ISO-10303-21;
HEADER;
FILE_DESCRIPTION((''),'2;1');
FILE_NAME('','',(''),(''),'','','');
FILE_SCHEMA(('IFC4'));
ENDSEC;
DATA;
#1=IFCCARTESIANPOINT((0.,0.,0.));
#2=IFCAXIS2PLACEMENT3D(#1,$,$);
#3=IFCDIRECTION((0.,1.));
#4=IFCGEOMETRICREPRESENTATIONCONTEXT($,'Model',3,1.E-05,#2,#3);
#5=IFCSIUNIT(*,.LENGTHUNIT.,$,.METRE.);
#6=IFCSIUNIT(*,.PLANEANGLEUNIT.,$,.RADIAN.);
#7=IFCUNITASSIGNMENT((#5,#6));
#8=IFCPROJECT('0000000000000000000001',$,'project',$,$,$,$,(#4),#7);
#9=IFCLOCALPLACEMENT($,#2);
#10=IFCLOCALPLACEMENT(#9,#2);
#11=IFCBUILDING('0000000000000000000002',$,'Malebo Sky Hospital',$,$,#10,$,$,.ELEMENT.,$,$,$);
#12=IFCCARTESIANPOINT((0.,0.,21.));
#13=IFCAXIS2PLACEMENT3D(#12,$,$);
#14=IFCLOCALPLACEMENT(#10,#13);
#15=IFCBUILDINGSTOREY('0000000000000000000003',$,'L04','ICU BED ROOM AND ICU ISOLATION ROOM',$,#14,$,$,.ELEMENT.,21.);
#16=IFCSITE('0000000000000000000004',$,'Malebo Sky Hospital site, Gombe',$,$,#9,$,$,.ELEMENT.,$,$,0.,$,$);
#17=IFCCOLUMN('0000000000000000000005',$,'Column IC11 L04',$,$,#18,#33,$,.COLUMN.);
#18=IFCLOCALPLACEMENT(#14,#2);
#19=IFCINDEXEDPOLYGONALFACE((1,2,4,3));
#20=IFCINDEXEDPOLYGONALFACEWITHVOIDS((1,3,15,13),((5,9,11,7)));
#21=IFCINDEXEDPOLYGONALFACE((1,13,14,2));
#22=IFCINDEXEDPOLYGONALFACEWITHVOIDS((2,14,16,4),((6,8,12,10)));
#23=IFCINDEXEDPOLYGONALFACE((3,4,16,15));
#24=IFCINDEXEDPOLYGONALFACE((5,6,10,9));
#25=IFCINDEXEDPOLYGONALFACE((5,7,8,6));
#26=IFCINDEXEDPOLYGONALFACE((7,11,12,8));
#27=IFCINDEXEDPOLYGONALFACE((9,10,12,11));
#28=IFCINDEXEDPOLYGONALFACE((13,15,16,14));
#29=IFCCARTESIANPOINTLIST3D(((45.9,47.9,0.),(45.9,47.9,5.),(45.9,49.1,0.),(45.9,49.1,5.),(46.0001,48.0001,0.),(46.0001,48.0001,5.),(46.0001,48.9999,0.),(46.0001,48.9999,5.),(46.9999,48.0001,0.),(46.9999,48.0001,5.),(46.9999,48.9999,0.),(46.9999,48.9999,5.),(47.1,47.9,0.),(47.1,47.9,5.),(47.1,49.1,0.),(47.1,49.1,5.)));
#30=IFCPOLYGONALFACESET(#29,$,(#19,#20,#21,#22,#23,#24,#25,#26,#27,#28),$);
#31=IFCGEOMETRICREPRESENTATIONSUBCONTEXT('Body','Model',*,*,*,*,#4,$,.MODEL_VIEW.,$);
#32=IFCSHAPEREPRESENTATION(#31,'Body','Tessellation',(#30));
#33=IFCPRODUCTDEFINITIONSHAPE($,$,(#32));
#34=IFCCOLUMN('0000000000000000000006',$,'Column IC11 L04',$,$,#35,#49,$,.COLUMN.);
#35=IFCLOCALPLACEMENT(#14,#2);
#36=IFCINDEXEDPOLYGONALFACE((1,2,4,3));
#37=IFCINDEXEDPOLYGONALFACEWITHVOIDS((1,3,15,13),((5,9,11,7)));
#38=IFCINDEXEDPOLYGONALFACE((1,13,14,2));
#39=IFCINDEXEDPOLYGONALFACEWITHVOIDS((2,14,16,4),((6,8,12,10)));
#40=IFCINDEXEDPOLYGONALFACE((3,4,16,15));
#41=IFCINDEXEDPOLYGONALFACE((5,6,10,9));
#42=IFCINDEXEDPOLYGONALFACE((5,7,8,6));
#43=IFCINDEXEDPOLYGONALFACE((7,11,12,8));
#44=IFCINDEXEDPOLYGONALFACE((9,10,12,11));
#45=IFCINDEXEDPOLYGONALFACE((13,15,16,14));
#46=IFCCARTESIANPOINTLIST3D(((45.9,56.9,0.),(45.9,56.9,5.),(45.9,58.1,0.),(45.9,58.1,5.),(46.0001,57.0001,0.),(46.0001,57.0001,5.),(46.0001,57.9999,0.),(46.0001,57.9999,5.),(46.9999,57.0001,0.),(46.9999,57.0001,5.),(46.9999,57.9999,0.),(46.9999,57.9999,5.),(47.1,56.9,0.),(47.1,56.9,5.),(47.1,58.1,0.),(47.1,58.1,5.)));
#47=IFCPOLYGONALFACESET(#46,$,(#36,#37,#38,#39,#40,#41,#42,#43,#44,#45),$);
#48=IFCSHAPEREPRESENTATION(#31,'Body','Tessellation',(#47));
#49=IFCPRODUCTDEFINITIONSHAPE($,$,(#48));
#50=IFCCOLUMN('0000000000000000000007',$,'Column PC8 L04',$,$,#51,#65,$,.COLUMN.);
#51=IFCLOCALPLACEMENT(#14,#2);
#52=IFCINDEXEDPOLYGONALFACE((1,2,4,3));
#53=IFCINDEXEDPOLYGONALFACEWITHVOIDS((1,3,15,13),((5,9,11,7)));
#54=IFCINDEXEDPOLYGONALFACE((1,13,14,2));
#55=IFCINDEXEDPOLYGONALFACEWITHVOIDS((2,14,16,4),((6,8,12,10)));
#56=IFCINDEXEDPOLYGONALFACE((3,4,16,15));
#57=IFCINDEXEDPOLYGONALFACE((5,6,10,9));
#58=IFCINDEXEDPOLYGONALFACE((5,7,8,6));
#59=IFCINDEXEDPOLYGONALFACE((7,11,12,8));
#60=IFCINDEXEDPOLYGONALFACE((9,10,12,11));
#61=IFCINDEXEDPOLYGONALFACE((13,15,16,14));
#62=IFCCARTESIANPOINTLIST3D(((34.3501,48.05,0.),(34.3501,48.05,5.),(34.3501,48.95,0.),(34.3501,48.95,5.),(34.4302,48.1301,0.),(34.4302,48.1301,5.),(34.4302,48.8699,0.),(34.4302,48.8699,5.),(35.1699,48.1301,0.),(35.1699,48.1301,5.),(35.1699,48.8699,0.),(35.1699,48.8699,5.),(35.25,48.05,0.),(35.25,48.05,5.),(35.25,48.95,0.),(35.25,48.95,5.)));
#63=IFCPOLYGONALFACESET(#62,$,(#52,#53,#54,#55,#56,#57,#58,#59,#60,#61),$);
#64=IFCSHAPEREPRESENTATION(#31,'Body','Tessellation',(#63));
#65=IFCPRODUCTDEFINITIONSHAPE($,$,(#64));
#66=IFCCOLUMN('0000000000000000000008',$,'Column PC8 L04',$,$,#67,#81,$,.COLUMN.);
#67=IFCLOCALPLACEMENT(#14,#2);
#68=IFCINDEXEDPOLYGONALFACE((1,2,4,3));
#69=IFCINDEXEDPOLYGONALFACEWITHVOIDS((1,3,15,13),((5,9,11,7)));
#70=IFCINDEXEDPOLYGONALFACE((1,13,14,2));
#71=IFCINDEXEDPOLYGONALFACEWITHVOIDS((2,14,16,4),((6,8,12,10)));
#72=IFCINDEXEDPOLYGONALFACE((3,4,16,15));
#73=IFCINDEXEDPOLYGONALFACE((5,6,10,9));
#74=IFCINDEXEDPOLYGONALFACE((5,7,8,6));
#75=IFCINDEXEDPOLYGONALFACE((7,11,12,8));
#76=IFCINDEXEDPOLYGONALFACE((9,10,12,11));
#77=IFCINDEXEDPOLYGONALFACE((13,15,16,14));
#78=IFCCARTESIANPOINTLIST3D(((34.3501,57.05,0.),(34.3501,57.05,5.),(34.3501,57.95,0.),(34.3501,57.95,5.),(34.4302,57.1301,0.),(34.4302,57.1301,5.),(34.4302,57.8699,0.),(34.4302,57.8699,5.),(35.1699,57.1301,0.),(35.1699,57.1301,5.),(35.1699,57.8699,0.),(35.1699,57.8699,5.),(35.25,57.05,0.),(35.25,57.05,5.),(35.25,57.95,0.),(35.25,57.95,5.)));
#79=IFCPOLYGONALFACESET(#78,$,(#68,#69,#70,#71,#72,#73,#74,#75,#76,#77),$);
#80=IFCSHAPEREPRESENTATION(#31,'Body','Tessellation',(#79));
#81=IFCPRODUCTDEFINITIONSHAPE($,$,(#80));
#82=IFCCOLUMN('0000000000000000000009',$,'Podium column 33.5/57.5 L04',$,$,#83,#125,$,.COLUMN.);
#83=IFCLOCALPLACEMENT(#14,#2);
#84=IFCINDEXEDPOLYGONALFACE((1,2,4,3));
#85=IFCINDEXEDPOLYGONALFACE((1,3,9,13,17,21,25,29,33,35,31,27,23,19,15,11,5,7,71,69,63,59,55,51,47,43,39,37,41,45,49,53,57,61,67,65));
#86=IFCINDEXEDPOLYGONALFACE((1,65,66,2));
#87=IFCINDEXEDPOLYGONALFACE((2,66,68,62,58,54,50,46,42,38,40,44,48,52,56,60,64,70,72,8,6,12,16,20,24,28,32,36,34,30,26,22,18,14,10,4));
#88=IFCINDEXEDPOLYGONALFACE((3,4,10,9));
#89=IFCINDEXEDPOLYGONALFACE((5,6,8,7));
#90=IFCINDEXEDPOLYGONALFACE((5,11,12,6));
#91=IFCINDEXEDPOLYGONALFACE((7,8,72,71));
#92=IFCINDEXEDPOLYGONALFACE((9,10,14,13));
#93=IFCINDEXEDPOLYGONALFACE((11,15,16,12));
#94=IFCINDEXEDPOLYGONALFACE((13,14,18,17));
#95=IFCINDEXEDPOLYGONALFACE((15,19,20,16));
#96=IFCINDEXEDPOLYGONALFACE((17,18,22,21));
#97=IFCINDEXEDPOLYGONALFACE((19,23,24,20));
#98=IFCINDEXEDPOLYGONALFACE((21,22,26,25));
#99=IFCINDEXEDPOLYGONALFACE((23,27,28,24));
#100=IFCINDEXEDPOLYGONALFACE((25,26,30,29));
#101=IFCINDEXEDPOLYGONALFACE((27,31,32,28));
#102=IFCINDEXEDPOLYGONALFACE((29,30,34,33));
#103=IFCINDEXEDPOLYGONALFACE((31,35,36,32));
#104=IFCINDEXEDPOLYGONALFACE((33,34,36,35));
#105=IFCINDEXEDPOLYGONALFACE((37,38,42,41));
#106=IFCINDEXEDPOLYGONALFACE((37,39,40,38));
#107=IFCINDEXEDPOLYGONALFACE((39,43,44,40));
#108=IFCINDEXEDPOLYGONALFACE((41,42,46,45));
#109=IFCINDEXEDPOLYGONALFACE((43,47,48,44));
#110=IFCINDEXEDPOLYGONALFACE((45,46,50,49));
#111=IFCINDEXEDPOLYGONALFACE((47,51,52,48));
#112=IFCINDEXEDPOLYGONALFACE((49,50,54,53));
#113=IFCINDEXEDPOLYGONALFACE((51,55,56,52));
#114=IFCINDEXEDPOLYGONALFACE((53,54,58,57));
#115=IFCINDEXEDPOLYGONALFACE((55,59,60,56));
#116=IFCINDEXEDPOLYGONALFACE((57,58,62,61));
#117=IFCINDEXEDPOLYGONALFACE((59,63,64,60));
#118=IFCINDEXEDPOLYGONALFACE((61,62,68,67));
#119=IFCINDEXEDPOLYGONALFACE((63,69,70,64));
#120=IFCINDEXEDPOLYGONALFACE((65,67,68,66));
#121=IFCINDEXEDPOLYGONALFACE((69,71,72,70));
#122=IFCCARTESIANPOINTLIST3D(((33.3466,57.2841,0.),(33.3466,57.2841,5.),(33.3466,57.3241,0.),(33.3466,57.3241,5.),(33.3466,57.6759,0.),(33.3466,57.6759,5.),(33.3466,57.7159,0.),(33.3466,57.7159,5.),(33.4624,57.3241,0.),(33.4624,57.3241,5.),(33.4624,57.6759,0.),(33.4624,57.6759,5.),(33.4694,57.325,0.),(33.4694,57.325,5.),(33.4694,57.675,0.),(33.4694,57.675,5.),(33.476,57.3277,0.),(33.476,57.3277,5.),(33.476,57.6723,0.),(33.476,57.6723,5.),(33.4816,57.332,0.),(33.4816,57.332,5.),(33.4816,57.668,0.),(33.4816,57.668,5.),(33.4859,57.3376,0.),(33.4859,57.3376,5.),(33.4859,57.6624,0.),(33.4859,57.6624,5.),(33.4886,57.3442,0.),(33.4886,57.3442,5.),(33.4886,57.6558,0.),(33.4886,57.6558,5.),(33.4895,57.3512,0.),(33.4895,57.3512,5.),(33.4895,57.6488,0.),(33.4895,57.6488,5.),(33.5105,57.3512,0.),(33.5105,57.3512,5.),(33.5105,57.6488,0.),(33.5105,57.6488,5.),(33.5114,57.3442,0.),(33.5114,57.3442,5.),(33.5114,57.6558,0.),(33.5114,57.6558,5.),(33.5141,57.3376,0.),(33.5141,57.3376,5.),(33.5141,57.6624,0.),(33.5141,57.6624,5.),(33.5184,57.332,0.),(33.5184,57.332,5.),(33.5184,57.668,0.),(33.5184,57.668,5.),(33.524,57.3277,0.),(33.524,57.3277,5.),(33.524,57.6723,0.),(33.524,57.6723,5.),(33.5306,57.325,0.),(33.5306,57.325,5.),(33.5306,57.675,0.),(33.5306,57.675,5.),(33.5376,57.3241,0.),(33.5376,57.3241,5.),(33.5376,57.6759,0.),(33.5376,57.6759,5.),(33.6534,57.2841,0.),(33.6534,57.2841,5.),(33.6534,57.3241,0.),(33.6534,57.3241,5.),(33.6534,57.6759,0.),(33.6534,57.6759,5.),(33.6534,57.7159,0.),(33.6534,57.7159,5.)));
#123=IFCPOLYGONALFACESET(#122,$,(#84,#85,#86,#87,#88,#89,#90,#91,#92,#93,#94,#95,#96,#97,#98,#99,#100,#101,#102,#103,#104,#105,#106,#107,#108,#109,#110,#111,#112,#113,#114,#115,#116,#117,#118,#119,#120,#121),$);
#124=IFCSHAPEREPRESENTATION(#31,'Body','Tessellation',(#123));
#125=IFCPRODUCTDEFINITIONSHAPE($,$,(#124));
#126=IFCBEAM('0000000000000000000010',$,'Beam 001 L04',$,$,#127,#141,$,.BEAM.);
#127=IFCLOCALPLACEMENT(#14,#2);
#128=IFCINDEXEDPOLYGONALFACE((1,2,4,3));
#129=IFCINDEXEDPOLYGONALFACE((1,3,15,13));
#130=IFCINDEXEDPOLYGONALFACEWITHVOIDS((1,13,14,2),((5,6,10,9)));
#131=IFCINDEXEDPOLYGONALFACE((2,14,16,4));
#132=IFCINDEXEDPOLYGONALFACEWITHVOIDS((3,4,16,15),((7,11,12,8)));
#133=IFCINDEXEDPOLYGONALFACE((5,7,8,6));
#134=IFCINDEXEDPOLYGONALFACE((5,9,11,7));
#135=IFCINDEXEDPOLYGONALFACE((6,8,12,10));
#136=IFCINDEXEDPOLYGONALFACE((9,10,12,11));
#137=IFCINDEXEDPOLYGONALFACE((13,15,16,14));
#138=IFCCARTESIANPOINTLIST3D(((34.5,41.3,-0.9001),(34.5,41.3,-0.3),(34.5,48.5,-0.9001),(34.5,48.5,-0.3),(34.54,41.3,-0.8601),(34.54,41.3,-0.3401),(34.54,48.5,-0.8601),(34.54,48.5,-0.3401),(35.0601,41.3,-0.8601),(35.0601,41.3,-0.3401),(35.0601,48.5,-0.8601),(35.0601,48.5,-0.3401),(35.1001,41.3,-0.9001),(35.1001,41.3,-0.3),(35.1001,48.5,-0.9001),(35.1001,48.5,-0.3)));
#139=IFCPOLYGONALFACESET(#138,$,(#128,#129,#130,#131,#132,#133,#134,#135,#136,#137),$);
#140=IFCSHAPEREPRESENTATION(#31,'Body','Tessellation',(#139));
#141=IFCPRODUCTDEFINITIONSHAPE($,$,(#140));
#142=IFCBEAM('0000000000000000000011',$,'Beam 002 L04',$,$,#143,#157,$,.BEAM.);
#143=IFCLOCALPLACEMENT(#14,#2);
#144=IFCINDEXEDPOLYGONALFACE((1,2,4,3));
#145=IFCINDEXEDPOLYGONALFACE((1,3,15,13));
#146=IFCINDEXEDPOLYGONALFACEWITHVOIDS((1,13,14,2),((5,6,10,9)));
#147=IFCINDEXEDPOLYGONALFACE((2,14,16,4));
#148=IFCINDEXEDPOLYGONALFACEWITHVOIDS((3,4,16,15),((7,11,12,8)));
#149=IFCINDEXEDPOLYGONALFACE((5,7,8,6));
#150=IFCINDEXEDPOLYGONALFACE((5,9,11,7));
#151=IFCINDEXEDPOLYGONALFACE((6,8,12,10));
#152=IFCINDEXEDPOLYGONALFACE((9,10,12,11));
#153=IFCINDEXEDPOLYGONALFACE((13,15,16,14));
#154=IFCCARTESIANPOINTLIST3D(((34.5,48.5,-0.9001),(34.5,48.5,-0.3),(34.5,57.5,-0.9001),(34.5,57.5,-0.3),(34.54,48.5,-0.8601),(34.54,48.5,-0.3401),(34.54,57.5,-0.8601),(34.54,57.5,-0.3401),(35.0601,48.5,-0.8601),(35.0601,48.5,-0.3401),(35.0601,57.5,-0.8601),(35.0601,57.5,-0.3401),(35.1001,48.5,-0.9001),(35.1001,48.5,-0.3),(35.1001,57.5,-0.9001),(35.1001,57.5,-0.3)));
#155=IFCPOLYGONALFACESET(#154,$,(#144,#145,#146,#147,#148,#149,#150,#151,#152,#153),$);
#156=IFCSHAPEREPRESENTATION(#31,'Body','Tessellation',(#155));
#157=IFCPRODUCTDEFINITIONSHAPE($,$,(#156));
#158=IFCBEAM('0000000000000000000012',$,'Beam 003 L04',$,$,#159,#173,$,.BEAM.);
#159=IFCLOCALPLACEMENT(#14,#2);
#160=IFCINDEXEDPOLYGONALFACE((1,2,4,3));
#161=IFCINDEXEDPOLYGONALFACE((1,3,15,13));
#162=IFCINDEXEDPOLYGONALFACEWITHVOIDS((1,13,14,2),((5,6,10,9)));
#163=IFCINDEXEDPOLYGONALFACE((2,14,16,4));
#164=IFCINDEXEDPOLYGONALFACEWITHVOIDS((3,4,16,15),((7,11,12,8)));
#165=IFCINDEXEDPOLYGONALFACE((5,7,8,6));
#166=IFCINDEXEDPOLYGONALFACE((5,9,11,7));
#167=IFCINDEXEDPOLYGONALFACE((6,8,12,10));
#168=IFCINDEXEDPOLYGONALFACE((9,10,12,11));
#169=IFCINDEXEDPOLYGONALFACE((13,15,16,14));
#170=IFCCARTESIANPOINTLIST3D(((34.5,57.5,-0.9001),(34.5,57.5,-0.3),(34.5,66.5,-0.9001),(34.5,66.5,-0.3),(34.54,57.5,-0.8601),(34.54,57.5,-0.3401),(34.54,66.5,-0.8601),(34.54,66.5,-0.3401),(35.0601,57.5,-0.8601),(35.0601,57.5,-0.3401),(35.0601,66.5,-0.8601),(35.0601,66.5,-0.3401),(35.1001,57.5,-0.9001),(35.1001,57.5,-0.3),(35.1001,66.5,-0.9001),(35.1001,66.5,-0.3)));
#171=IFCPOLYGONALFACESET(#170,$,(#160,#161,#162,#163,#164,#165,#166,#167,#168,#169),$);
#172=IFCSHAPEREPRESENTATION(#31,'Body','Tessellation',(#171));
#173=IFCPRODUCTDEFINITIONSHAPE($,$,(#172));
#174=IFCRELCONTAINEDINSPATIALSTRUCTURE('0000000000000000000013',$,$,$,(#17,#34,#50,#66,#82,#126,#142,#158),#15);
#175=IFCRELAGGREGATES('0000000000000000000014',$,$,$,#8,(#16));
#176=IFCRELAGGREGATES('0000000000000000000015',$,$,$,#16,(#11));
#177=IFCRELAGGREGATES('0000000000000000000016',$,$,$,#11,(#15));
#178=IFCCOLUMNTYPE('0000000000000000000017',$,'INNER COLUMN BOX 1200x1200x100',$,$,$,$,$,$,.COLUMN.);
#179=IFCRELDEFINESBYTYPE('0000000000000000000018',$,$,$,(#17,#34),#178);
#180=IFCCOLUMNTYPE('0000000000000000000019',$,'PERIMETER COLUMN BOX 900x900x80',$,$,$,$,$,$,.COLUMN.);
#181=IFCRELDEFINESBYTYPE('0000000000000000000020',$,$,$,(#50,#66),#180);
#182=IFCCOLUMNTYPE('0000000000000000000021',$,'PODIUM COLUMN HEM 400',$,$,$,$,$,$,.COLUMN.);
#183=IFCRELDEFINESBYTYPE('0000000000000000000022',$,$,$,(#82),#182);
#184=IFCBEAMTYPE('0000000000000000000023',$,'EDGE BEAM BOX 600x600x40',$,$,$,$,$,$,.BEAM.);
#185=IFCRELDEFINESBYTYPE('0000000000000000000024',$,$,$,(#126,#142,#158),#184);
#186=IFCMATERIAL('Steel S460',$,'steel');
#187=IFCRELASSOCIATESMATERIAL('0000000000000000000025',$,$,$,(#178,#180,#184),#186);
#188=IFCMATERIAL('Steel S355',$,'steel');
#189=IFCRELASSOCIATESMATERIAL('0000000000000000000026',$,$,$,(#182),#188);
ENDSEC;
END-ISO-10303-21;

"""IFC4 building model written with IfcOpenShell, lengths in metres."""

from ifc_helpers import new_model, si_unit, direction, frame, origin, origin_2d, place, context, subcontext, project, spatial, hollow_rectangle, i_section, extrude, material, material_profile, profile_set, type_object, element, save


model = new_model("IFC4")

# Units and contexts
model_context = context("Model", 3, precision=1e-05, world=origin(), true_north=direction((0.0, 1.0)))
body_context = subcontext(model_context, "Body", "Model", "MODEL_VIEW")
ifc_project = project(units=[si_unit("LENGTHUNIT", "METRE"), si_unit("PLANEANGLEUNIT", "RADIAN")], contexts=[model_context])

# Site, building, storey
site_placement = place(None, origin())
site = spatial("IfcSite", under=ifc_project, at=site_placement, Name="Malebo Sky Hospital site, Gombe", CompositionType="ELEMENT", RefElevation=0.0)
building_placement = place(site_placement, origin())
building = spatial("IfcBuilding", under=site, at=building_placement, Name="Malebo Sky Hospital", CompositionType="ELEMENT")
storey_placement = place(building_placement, frame((0.0, 0.0, 21.0)))
storey = spatial("IfcBuildingStorey", under=building, at=storey_placement, Name="L04", Description="ICU BED ROOM AND ICU ISOLATION ROOM", CompositionType="ELEMENT", Elevation=21.0)

# Columns
ifc_material_1 = material(Name="Steel S460", Category="steel")
ifc_material_profile_1 = material_profile(ifc_material_1, hollow_rectangle(XDim=1.2, YDim=1.2, WallThickness=0.1001, at=origin_2d()), Name="BOX 1200x1200x100")
ifc_profile_set_1 = profile_set([ifc_material_profile_1], Name="Steel S460")
column_type_1 = type_object("IfcColumnType", Name="INNER COLUMN BOX 1200x1200x100", PredefinedType="COLUMN", material=ifc_profile_set_1)
for number, where, z_axis, x_axis, name in (
    (1, (46.5, 48.5, 0.0), (0.0, 0.0, 1.0), (1.0, 0.0, 0.0), "Column IC11 L04"),
    (2, (46.5, 57.5, 0.0), (0.0, 0.0, 1.0), (1.0, 0.0, 0.0), "Column IC11 L04"),
):
    element("IfcColumn", number, at=place(storey_placement, frame(where, z_axis=z_axis, x_axis=x_axis)), inside=storey, type_object=column_type_1, Name=name, PredefinedType="COLUMN", context=body_context, shape_type="SweptSolid", body=[
        extrude(hollow_rectangle(XDim=1.2, YDim=1.2, WallThickness=0.1001, at=origin_2d()), origin(), (0.0, 0.0, 1.0), 5.0),
    ])
ifc_material_profile_2 = material_profile(ifc_material_1, hollow_rectangle(XDim=0.8999, YDim=0.8999, WallThickness=0.0801, at=origin_2d()), Name="BOX 900x900x80")
ifc_profile_set_2 = profile_set([ifc_material_profile_2], Name="Steel S460")
column_type_2 = type_object("IfcColumnType", Name="PERIMETER COLUMN BOX 900x900x80", PredefinedType="COLUMN", material=ifc_profile_set_2)
for number, where, z_axis, x_axis, name in (
    (3, (34.8, 48.5, 0.0), (0.0, 0.0, 1.0), (1.0, 0.0, 0.0), "Column PC8 L04"),
    (4, (34.8, 57.5, 0.0), (0.0, 0.0, 1.0), (1.0, 0.0, 0.0), "Column PC8 L04"),
):
    element("IfcColumn", number, at=place(storey_placement, frame(where, z_axis=z_axis, x_axis=x_axis)), inside=storey, type_object=column_type_2, Name=name, PredefinedType="COLUMN", context=body_context, shape_type="SweptSolid", body=[
        extrude(hollow_rectangle(XDim=0.8999, YDim=0.8999, WallThickness=0.0801, at=origin_2d()), origin(), (0.0, 0.0, 1.0), 5.0),
    ])
ifc_material_2 = material(Name="Steel S355", Category="steel")
ifc_material_profile_3 = material_profile(ifc_material_2, i_section(OverallWidth=0.3069, OverallDepth=0.4319, WebThickness=0.021, FlangeThickness=0.04, FilletRadius=0.0271, at=origin_2d()), Name="HEM 400")
ifc_profile_set_3 = profile_set([ifc_material_profile_3], Name="Steel S355")
column_type_3 = type_object("IfcColumnType", Name="PODIUM COLUMN HEM 400", PredefinedType="COLUMN", material=ifc_profile_set_3)
column_placement = place(storey_placement, frame((33.5, 57.5, 0.0), z_axis=(0.0, 0.0, 1.0), x_axis=(1.0, 0.0, 0.0)))
element("IfcColumn", 5, at=column_placement, inside=storey, type_object=column_type_3, Name="Podium column 33.5/57.5 L04", PredefinedType="COLUMN", context=body_context, shape_type="SweptSolid", body=[
    extrude(i_section(OverallWidth=0.3069, OverallDepth=0.4319, WebThickness=0.021, FlangeThickness=0.04, FilletRadius=0.0271, at=origin_2d()), origin(), (0.0, 0.0, 1.0), 5.0),
])

# Beams
ifc_material_profile_4 = material_profile(ifc_material_1, hollow_rectangle(XDim=0.6001, YDim=0.6001, WallThickness=0.04, at=origin_2d()), Name="BOX 600x600x40")
ifc_profile_set_4 = profile_set([ifc_material_profile_4], Name="Steel S460")
beam_type_1 = type_object("IfcBeamType", Name="EDGE BEAM BOX 600x600x40", PredefinedType="BEAM", material=ifc_profile_set_4)
beam_1_placement = place(storey_placement, frame((34.8, 41.3, -0.6001), z_axis=(0.0, 1.0, 0.0), x_axis=(-1.0, 0.0, 0.0)))
element("IfcBeam", 6, at=beam_1_placement, inside=storey, type_object=beam_type_1, Name="Beam 001 L04", PredefinedType="BEAM", context=body_context, shape_type="SweptSolid", body=[
    extrude(hollow_rectangle(XDim=0.6001, YDim=0.6001, WallThickness=0.04, at=origin_2d()), origin(), (0.0, 0.0, 1.0), 7.2),
])
for number, where, z_axis, x_axis, name in (
    (7, (34.8, 48.5, -0.6001), (0.0, 1.0, 0.0), (-1.0, 0.0, 0.0), "Beam 002 L04"),
    (8, (34.8, 57.5, -0.6001), (0.0, 1.0, 0.0), (-1.0, 0.0, 0.0), "Beam 003 L04"),
):
    element("IfcBeam", number, at=place(storey_placement, frame(where, z_axis=z_axis, x_axis=x_axis)), inside=storey, type_object=beam_type_1, Name=name, PredefinedType="BEAM", context=body_context, shape_type="SweptSolid", body=[
        extrude(hollow_rectangle(XDim=0.6001, YDim=0.6001, WallThickness=0.04, at=origin_2d()), origin(), (0.0, 0.0, 1.0), 9.0),
    ])

save(model, "model.ifc")
